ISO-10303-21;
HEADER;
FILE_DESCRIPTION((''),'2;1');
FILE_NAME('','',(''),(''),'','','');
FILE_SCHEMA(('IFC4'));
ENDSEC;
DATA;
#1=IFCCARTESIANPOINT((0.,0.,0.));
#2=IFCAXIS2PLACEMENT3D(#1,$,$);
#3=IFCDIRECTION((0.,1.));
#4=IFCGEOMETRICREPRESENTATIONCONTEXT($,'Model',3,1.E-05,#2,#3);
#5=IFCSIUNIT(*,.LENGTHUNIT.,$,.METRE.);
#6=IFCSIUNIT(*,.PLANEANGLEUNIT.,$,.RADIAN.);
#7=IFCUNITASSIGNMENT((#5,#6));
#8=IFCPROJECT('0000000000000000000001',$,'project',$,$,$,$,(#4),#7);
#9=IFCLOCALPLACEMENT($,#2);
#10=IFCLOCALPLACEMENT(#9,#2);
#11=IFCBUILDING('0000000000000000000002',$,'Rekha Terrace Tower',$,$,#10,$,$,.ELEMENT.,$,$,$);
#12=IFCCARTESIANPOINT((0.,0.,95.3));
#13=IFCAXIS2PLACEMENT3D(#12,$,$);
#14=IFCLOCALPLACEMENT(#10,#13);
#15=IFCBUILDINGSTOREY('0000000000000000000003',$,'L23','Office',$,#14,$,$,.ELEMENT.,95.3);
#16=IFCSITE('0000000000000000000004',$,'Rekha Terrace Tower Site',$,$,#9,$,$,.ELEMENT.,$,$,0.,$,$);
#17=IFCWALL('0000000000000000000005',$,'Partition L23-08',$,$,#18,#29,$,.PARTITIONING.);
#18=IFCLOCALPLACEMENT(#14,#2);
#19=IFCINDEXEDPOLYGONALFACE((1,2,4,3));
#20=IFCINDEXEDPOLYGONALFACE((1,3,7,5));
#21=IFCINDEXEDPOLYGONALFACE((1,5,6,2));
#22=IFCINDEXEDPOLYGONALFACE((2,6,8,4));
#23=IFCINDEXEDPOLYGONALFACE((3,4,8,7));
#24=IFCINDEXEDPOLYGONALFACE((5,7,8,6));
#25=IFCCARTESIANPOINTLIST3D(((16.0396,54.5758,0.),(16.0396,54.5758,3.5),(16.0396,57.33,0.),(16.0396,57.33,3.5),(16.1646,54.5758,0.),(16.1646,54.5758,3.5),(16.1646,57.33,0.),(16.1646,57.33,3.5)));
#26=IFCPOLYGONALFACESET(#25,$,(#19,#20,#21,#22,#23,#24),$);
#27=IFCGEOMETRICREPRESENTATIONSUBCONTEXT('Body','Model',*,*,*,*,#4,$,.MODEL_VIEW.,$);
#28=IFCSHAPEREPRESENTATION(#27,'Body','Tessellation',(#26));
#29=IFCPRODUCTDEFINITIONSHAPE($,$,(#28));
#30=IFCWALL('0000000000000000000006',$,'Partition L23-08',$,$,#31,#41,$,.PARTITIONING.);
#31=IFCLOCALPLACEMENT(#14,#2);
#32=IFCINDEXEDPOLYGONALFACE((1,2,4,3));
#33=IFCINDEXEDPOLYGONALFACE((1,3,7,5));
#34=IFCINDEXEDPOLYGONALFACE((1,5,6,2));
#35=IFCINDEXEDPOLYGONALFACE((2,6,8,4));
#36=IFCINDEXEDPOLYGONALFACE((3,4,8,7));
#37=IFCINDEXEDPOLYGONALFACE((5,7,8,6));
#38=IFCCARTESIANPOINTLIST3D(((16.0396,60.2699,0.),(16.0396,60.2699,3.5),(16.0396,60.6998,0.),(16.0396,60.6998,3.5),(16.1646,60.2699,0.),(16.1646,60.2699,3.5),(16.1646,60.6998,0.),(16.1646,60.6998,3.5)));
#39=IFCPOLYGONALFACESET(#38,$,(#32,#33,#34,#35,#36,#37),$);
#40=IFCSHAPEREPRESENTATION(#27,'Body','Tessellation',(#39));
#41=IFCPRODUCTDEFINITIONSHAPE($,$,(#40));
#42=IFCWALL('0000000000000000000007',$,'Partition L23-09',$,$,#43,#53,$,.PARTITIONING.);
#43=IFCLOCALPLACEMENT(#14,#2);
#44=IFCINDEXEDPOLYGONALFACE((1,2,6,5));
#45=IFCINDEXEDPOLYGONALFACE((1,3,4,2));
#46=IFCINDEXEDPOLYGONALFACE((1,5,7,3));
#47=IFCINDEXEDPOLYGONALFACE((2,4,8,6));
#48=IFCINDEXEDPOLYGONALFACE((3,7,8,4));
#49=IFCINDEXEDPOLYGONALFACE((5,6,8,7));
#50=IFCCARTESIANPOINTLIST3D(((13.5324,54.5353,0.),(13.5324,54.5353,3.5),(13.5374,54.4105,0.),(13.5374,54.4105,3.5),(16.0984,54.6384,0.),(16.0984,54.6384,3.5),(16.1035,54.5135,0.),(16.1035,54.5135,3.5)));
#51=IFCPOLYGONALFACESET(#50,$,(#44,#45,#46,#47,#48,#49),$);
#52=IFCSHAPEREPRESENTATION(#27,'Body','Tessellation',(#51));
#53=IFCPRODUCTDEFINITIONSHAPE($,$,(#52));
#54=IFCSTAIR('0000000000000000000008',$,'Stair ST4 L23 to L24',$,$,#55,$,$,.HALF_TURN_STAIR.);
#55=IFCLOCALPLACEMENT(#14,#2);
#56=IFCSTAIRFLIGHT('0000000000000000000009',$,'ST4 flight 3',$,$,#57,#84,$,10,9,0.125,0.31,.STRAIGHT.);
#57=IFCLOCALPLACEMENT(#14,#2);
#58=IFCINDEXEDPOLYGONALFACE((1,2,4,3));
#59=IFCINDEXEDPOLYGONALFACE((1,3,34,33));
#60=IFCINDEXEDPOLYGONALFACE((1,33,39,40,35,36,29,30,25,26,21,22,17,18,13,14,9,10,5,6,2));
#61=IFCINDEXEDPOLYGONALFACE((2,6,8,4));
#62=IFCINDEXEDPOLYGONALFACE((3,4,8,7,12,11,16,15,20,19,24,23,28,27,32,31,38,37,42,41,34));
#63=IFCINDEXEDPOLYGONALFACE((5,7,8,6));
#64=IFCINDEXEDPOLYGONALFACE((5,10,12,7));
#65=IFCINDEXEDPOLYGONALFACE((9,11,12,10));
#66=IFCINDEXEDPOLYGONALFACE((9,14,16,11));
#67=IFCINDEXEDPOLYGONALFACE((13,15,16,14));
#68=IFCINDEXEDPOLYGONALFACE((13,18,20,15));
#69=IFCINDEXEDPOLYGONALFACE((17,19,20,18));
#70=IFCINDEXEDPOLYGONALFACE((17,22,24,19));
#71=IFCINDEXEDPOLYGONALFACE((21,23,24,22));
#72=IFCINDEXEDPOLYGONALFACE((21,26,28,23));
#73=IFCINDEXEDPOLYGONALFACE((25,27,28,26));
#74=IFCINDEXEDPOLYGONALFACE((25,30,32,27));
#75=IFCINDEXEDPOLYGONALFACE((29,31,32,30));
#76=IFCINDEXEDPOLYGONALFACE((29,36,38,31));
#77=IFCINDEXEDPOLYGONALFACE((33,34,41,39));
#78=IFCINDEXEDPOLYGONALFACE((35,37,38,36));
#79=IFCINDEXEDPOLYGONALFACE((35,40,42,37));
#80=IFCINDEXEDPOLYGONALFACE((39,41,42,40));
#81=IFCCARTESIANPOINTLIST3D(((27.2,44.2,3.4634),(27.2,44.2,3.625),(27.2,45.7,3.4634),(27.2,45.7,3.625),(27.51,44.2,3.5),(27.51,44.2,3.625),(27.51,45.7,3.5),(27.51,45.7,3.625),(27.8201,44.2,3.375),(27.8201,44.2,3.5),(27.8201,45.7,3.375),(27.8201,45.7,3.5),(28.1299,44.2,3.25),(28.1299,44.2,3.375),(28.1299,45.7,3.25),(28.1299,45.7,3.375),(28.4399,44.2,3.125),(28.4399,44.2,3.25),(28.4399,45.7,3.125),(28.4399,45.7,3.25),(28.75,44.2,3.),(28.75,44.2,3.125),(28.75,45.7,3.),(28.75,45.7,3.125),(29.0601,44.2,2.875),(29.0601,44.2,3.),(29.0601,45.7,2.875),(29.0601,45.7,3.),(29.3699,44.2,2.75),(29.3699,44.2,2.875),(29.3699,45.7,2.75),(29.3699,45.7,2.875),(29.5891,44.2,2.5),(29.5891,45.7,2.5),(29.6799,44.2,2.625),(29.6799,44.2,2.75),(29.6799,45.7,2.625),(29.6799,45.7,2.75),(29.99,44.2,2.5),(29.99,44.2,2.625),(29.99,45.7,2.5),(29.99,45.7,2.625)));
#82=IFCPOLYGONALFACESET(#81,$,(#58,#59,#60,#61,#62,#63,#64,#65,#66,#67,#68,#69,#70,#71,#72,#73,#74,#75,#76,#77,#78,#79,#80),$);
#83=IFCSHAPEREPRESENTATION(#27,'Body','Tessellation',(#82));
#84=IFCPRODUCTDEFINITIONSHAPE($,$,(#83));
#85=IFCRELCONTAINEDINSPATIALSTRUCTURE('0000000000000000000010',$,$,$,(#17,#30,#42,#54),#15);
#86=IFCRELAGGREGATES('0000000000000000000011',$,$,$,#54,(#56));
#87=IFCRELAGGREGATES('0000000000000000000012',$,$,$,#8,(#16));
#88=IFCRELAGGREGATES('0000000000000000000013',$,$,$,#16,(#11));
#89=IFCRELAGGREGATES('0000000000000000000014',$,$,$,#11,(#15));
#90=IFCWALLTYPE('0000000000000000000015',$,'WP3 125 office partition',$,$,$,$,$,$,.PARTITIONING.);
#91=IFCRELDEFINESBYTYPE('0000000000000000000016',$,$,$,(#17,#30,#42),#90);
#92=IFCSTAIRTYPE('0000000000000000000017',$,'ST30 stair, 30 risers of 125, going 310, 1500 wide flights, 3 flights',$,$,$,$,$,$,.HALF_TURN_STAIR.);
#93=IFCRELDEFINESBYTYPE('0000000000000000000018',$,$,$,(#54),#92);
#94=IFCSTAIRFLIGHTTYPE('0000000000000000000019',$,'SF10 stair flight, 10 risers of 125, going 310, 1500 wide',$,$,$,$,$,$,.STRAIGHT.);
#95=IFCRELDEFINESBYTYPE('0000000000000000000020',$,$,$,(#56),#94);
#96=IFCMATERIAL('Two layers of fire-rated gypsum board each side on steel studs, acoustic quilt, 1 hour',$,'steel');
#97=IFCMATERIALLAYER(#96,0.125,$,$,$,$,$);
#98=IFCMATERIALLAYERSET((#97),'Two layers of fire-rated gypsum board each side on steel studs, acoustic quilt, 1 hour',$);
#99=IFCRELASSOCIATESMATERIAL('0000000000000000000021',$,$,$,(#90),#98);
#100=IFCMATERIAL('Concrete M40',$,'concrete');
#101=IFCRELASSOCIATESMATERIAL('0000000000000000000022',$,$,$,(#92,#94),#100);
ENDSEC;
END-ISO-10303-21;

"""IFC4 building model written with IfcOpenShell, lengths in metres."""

from ifc_helpers import new_model, si_unit, direction, frame, frame_2d, origin, place, context, subcontext, project, spatial, polyline, rectangle, outline, extrude, material, layer, layer_set, type_object, element, aggregate, save


model = new_model("IFC4")

# Units and contexts
model_context = context("Model", 3, precision=1e-05, world=origin(), true_north=direction((0.0, 1.0)))
body_context = subcontext(model_context, "Body", "Model", "MODEL_VIEW")
ifc_project = project(units=[si_unit("LENGTHUNIT", "METRE"), si_unit("PLANEANGLEUNIT", "RADIAN")], contexts=[model_context])

# Site, building, storey
site_placement = place(None, origin())
site = spatial("IfcSite", under=ifc_project, at=site_placement, Name="Rekha Terrace Tower Site", CompositionType="ELEMENT", RefElevation=0.0)
building_placement = place(site_placement, origin())
building = spatial("IfcBuilding", under=site, at=building_placement, Name="Rekha Terrace Tower", CompositionType="ELEMENT")
storey_placement = place(building_placement, frame((0.0, 0.0, 95.3)))
storey = spatial("IfcBuildingStorey", under=building, at=storey_placement, Name="L23", Description="Office", CompositionType="ELEMENT", Elevation=95.3)

# Shared definitions
ifc_material_1 = material(Name="Two layers of fire-rated gypsum board each side on steel studs, acoustic quilt, 1 hour", Category="steel")
ifc_layer_1 = layer(ifc_material_1, 0.125)
ifc_layer_set_1 = layer_set([ifc_layer_1], Name="Two layers of fire-rated gypsum board each side on steel studs, acoustic quilt, 1 hour")
wall_type_1 = type_object("IfcWallType", Name="WP3 125 office partition", PredefinedType="PARTITIONING", material=ifc_layer_set_1)

# Walls
wall_1_placement = place(storey_placement, frame((16.1021, 54.5759, 0.0), z_axis=(0.0, 0.0, 1.0), x_axis=(0.0, 1.0, 0.0)))
element("IfcWall", 1, at=wall_1_placement, inside=storey, type_object=wall_type_1, Name="Partition L23-08", PredefinedType="PARTITIONING", context=body_context, shape_type="SweptSolid", body=[
    extrude(rectangle(XDim=2.7542, YDim=0.125, at=frame_2d((1.377, 0.0))), origin(), (0.0, 0.0, 1.0), 3.5),
])
wall_2_placement = place(storey_placement, frame((16.1021, 60.27, 0.0), z_axis=(0.0, 0.0, 1.0), x_axis=(0.0, 1.0, 0.0)))
element("IfcWall", 2, at=wall_2_placement, inside=storey, type_object=wall_type_1, Name="Partition L23-08", PredefinedType="PARTITIONING", context=body_context, shape_type="SweptSolid", body=[
    extrude(rectangle(XDim=0.4299, YDim=0.125, at=frame_2d((0.2148, 0.0))), origin(), (0.0, 0.0, 1.0), 3.5),
])
wall_3_placement = place(storey_placement, frame((16.1011, 54.5759, 0.0), z_axis=(0.0, 0.0, 1.0), x_axis=(-0.999195, -0.040116, 0.0)))
element("IfcWall", 3, at=wall_3_placement, inside=storey, type_object=wall_type_1, Name="Partition L23-09", PredefinedType="PARTITIONING", context=body_context, shape_type="SweptSolid", body=[
    extrude(rectangle(XDim=2.5681, YDim=0.125, at=frame_2d((1.2842, 0.0))), origin(), (0.0, 0.0, 1.0), 3.5),
])

# Stair, stair flight
ifc_material_2 = material(Name="Concrete M40", Category="concrete")
stair_type = type_object("IfcStairType", Name="ST30 stair, 30 risers of 125, going 310, 1500 wide flights, 3 flights", PredefinedType="HALF_TURN_STAIR", material=ifc_material_2)
stair_placement = place(storey_placement, origin())
stair = element("IfcStair", 4, at=stair_placement, inside=storey, type_object=stair_type, Name="Stair ST4 L23 to L24", PredefinedType="HALF_TURN_STAIR")
stair_flight_type = type_object("IfcStairFlightType", Name="SF10 stair flight, 10 risers of 125, going 310, 1500 wide", PredefinedType="STRAIGHT", material=ifc_material_2)
stair_flight_placement = place(storey_placement, frame((29.99, 44.95, 2.5), z_axis=(0.0, 0.0, 1.0), x_axis=(-1.0, 0.0, 0.0)))
stair_flight = element("IfcStairFlight", 5, at=stair_flight_placement, type_object=stair_flight_type, Name="ST4 flight 3", NumberOfRisers=10, NumberOfTreads=9, PredefinedType="STRAIGHT", RiserHeight=0.125, TreadLength=0.31, context=body_context, shape_type="SweptSolid", body=[
    extrude(outline(polyline([(0.0, 0.0), (0.0, 0.125), (0.3101, 0.125), (0.3101, 0.25), (0.6201, 0.25), (0.6201, 0.375), (0.9299, 0.375), (0.9299, 0.5), (1.24, 0.5), (1.24, 0.625), (1.55, 0.625), (1.55, 0.75), (1.8601, 0.75), (1.8601, 0.875), (2.1699, 0.875), (2.1699, 1.0), (2.48, 1.0), (2.48, 1.125), (2.79, 1.125), (2.79, 1.25), (2.79, 0.9634), (0.4009, 0.0), (0.0, 0.0)])), frame((0.0, 0.75, 0.0), z_axis=(0.0, -1.0, 0.0), x_axis=(1.0, 0.0, 0.0)), (0.0, 0.0, 1.0), 1.5),
])
aggregate(stair, [stair_flight])

save(model, "model.ifc")
